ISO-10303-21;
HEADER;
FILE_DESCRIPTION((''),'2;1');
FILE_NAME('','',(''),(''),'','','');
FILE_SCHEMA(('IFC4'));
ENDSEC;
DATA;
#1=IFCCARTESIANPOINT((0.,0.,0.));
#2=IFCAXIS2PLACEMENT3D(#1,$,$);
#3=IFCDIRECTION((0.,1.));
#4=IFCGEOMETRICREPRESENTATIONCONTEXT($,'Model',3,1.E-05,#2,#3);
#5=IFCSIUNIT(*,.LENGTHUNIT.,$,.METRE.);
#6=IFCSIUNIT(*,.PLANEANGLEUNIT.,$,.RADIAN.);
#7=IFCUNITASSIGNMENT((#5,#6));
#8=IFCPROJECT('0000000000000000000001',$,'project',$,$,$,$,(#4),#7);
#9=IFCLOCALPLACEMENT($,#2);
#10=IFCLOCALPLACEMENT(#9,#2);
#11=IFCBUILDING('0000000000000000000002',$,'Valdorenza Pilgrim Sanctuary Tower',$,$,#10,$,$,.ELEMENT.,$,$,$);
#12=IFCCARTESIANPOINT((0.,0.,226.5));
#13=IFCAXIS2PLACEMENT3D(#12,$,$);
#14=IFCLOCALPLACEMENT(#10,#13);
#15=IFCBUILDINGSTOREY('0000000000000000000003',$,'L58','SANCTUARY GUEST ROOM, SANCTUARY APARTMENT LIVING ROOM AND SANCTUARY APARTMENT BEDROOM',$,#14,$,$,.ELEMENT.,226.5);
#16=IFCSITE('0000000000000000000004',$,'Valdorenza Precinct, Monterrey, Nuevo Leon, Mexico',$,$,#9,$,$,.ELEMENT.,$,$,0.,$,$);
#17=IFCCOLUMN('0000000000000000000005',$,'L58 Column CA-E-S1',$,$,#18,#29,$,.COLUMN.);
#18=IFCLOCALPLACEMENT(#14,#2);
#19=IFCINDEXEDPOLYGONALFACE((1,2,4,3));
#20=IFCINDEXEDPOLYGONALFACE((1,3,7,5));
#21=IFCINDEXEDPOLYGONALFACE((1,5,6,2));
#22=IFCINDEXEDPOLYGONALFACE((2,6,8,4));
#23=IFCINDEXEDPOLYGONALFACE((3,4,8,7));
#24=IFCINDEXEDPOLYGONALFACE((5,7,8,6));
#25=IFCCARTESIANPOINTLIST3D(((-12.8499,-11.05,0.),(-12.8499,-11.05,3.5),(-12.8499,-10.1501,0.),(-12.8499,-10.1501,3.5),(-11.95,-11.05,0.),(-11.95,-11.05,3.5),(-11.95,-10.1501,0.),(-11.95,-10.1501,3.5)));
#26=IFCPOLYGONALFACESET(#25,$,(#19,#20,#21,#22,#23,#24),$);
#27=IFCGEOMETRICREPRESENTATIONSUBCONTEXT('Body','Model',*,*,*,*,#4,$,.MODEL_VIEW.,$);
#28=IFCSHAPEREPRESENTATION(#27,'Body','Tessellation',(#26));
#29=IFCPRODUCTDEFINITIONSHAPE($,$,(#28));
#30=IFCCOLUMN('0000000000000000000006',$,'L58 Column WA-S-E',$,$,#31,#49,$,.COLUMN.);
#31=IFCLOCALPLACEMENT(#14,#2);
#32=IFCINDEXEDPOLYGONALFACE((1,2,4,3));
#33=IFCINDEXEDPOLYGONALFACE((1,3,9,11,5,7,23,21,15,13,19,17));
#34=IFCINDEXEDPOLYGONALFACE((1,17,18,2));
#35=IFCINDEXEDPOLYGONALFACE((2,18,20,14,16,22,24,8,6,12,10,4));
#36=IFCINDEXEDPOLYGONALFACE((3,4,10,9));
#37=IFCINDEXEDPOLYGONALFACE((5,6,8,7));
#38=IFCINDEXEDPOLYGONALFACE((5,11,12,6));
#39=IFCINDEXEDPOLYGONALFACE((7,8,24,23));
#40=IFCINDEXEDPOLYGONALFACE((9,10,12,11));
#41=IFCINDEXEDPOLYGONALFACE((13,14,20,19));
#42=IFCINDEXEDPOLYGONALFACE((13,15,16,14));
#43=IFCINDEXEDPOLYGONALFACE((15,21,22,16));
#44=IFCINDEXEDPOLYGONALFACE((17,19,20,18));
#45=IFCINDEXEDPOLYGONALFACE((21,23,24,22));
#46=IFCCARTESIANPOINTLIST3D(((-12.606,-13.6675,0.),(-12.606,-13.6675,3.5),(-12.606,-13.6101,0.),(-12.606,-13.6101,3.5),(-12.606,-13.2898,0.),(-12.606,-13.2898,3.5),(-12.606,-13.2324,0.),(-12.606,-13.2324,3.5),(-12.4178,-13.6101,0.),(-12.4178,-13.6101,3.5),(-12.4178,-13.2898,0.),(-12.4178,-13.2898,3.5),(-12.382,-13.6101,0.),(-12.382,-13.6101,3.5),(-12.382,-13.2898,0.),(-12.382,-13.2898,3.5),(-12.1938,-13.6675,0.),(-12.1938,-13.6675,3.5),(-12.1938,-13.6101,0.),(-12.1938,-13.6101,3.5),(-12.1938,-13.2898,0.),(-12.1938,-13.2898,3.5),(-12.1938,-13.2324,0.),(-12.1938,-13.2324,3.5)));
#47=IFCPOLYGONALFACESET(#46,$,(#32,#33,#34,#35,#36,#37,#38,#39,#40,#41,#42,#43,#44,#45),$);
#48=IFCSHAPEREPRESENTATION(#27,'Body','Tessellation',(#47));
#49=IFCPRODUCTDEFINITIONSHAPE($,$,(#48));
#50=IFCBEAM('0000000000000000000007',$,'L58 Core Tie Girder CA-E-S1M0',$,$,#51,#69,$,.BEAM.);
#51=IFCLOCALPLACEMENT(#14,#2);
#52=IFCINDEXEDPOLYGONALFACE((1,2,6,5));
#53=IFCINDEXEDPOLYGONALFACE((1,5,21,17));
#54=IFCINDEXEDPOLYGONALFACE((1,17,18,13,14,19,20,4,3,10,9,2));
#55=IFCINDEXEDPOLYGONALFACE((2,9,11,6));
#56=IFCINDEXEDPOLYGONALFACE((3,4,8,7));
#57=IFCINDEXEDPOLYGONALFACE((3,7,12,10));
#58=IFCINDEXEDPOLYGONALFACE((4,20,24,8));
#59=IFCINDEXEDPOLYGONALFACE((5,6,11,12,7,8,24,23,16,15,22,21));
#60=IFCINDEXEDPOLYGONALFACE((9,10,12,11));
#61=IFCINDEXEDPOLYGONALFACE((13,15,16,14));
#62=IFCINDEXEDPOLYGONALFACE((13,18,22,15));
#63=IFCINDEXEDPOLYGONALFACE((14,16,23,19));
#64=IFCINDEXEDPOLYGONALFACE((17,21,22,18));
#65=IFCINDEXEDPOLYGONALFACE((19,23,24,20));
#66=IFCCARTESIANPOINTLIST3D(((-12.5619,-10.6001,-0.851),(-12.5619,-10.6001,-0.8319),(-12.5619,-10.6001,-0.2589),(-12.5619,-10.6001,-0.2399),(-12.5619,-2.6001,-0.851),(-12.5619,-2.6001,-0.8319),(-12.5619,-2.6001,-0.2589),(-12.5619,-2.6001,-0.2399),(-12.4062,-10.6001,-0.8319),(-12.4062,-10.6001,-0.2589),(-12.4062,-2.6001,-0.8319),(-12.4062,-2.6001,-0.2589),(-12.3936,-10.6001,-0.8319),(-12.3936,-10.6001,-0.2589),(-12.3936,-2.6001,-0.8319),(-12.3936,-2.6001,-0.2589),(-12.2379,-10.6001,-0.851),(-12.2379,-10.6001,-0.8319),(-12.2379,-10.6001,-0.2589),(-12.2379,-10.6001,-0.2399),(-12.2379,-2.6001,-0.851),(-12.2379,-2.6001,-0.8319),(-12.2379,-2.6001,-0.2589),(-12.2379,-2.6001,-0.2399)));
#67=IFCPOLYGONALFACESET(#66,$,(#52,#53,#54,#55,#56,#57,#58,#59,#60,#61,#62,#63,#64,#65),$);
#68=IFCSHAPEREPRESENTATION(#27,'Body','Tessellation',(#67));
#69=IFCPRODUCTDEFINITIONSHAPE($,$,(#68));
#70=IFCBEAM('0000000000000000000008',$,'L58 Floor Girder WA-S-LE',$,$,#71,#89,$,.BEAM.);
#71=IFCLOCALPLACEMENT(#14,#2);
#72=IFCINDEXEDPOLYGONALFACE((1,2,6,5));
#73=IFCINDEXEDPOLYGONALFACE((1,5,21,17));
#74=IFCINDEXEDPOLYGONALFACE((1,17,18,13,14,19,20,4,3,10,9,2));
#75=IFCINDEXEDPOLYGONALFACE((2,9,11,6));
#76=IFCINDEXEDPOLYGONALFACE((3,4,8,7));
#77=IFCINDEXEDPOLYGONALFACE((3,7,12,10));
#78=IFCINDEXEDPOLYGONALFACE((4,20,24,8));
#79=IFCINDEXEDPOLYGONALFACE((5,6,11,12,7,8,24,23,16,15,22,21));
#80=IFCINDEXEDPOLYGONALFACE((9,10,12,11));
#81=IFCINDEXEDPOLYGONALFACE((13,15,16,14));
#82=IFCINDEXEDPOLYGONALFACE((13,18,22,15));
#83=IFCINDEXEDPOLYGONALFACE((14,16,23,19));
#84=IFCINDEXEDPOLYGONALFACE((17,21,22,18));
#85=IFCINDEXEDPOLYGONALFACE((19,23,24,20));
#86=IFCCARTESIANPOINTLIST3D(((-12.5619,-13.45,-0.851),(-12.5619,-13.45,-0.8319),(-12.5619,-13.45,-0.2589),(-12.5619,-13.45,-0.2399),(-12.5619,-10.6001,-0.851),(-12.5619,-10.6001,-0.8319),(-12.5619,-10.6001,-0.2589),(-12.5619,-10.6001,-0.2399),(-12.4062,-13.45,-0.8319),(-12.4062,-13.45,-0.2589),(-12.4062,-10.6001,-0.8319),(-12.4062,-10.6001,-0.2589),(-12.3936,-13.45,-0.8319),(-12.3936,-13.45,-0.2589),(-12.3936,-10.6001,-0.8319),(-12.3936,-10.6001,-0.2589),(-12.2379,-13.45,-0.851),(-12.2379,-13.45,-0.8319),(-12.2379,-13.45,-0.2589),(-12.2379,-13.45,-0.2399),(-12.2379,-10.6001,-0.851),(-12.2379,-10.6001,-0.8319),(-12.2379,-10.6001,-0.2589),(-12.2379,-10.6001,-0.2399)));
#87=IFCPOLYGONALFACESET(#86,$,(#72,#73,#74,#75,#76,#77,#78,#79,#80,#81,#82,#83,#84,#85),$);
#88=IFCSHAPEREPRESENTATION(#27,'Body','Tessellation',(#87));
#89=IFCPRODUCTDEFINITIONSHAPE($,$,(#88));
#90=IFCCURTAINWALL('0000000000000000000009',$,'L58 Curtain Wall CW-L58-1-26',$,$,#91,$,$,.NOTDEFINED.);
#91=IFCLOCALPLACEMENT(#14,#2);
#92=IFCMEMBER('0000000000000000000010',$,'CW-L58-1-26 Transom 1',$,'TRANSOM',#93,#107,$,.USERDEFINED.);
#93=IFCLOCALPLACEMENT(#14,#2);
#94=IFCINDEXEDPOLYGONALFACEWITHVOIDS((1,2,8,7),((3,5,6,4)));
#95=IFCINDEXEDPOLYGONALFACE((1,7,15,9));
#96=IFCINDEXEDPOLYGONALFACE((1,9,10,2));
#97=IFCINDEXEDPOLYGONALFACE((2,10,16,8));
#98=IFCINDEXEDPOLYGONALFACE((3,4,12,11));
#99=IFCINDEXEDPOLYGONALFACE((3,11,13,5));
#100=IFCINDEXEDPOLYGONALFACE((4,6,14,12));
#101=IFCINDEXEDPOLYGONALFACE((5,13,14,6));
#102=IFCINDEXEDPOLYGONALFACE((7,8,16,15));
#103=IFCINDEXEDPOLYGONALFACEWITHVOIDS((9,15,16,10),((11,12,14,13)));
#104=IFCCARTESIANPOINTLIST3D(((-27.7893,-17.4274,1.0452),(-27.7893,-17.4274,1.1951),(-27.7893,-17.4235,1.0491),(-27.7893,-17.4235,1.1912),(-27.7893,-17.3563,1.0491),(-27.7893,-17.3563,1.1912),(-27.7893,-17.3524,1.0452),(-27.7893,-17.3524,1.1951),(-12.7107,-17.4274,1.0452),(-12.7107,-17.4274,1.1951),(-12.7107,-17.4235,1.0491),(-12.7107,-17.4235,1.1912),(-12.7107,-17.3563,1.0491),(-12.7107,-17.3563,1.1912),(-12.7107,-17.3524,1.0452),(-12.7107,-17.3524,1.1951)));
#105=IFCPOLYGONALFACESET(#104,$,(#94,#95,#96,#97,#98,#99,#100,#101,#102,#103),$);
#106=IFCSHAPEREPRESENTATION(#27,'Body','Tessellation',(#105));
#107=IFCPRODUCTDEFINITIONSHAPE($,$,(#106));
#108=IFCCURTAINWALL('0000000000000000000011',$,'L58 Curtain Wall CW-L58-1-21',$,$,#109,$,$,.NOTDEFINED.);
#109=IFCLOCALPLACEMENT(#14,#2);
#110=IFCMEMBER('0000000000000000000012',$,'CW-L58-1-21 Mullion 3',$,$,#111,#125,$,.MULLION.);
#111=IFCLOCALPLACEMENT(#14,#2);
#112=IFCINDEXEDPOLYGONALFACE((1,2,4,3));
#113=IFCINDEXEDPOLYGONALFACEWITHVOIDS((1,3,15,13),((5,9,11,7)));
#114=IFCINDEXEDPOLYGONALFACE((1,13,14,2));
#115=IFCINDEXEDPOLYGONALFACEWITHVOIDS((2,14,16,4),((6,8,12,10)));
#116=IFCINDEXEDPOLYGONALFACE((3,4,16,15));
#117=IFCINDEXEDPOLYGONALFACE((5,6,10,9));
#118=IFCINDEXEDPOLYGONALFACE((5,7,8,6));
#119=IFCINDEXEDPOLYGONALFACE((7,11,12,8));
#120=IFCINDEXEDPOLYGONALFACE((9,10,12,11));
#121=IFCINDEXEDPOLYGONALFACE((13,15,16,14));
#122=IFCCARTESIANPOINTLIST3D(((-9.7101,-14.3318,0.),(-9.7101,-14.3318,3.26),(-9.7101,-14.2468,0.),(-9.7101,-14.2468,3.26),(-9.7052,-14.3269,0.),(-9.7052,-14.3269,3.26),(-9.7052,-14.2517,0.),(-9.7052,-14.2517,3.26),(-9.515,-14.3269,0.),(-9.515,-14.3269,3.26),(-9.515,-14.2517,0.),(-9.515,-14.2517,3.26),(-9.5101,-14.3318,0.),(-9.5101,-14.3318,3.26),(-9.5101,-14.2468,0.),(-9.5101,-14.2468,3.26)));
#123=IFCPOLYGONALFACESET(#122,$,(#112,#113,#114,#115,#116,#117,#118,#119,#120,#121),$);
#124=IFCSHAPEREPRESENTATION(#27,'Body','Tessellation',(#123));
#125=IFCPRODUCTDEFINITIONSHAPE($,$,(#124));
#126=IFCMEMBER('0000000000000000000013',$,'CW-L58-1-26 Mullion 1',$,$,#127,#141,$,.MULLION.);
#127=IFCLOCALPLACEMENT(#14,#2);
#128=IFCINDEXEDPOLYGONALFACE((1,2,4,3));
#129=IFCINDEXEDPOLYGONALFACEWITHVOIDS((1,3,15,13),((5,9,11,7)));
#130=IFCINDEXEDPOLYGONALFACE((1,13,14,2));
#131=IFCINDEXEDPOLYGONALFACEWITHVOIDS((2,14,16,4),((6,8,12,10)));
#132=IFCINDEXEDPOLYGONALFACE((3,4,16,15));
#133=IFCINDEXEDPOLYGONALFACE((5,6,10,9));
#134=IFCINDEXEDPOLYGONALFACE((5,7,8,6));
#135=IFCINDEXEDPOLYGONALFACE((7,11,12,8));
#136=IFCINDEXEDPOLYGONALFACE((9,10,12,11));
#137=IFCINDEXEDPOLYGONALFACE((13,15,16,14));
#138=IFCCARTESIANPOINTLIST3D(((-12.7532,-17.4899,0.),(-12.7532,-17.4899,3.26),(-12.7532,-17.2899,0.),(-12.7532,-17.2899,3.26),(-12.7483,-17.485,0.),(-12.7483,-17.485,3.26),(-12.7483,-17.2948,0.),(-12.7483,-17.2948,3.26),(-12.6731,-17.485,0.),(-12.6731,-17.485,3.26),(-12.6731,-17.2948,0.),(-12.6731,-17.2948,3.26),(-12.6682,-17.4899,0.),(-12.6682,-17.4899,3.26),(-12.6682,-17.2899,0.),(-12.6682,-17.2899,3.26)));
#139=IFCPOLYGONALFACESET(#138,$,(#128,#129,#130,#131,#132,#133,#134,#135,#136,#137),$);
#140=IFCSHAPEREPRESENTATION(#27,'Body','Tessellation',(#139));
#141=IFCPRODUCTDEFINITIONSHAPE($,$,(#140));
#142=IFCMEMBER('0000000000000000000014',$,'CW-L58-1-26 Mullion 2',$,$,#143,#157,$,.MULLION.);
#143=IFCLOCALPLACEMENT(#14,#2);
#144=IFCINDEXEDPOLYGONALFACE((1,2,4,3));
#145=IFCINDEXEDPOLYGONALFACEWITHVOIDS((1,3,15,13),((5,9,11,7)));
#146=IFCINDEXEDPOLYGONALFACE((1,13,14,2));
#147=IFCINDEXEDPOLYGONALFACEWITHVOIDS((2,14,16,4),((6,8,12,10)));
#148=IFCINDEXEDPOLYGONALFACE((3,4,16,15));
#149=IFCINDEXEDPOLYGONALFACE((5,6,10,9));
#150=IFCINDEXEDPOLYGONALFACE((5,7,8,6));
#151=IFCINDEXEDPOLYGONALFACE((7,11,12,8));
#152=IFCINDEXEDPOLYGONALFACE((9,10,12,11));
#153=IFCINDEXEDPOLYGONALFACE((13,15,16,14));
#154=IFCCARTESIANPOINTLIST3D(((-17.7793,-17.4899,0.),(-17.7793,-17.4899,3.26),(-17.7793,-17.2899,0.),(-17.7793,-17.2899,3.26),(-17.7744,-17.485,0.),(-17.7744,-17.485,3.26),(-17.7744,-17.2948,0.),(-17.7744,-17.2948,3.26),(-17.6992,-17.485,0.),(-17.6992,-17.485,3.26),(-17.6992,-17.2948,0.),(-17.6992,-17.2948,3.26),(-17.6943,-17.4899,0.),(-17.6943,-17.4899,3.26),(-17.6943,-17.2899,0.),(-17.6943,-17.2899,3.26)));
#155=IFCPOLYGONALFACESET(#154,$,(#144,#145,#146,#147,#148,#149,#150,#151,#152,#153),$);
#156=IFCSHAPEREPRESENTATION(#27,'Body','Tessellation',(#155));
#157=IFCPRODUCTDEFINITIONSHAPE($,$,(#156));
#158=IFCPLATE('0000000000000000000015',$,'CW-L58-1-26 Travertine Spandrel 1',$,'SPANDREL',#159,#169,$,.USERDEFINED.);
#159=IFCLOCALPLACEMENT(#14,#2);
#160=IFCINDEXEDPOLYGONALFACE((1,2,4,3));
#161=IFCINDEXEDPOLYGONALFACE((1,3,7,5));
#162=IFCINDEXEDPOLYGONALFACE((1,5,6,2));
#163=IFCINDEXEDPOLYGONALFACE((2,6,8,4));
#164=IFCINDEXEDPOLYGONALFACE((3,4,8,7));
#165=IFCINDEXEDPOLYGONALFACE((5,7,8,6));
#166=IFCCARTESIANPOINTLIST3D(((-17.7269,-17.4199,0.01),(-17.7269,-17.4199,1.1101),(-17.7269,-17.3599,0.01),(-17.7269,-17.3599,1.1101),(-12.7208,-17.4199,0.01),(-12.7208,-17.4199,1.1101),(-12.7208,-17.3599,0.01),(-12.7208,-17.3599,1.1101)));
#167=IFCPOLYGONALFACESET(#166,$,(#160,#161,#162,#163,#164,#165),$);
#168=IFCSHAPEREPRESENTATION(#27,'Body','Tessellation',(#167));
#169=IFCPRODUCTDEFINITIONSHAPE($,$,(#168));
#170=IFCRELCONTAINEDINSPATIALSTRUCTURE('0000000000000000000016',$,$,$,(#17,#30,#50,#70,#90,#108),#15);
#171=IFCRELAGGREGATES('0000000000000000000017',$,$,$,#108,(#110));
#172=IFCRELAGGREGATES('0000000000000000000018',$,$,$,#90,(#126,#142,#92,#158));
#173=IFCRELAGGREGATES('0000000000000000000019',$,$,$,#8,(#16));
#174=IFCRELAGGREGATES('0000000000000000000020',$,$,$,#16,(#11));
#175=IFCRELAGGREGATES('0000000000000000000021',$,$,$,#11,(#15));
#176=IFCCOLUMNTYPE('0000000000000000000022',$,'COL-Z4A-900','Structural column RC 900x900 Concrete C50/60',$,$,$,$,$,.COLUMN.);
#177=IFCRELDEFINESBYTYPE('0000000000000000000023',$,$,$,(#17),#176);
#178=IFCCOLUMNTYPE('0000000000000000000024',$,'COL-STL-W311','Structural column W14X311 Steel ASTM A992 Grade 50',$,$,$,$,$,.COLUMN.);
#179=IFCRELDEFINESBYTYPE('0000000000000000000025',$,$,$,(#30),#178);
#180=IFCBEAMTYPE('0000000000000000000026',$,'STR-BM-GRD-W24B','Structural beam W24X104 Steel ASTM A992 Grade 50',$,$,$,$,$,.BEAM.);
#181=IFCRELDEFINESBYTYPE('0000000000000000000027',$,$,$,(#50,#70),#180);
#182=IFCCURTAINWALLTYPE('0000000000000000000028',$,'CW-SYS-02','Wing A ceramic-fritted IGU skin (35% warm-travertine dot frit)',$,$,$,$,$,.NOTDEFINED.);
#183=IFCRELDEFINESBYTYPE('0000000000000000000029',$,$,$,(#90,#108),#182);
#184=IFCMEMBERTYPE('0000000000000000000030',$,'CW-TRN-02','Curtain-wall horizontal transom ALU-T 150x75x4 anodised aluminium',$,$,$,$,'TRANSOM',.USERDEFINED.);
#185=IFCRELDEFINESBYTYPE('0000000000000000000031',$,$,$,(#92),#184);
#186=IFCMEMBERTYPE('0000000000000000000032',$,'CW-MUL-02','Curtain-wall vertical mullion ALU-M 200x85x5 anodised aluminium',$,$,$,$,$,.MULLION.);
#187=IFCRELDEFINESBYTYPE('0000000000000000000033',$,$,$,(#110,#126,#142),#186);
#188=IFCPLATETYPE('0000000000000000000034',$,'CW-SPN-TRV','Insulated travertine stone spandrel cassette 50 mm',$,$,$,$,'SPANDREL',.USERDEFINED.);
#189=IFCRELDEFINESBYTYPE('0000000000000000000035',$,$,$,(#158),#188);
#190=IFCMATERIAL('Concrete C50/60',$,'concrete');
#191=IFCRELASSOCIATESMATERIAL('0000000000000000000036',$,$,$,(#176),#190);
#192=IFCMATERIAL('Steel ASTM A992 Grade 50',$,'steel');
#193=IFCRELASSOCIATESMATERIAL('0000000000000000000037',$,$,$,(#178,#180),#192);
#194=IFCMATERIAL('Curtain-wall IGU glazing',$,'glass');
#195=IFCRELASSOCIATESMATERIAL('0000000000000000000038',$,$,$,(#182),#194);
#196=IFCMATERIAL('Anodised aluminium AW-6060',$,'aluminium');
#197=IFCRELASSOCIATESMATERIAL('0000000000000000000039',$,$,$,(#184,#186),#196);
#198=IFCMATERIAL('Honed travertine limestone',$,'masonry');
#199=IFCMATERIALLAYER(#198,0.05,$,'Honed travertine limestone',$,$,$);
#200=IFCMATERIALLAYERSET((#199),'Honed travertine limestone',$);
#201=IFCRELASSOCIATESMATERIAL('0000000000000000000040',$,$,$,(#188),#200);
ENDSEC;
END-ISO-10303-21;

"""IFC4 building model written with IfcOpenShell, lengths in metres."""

from ifc_helpers import new_model, si_unit, direction, frame, origin, origin_2d, place, context, subcontext, project, spatial, rectangle, hollow_rectangle, i_section, extrude, source, transform, mapped, material, layer, layer_set, material_profile, profile_set, type_object, element, aggregate, save


model = new_model("IFC4")

# Units and contexts
model_context = context("Model", 3, precision=1e-05, world=origin(), true_north=direction((0.0, 1.0)))
body_context = subcontext(model_context, "Body", "Model", "MODEL_VIEW")
ifc_project = project(units=[si_unit("LENGTHUNIT", "METRE"), si_unit("PLANEANGLEUNIT", "RADIAN")], contexts=[model_context])

# Site, building, storey
site_placement = place(None, origin())
site = spatial("IfcSite", under=ifc_project, at=site_placement, Name="Valdorenza Precinct, Monterrey, Nuevo Leon, Mexico", CompositionType="ELEMENT", RefElevation=0.0)
building_placement = place(site_placement, origin())
building = spatial("IfcBuilding", under=site, at=building_placement, Name="Valdorenza Pilgrim Sanctuary Tower", CompositionType="ELEMENT")
storey_placement = place(building_placement, frame((0.0, 0.0, 226.5)))
storey = spatial("IfcBuildingStorey", under=building, at=storey_placement, Name="L58", Description="SANCTUARY GUEST ROOM, SANCTUARY APARTMENT LIVING ROOM AND SANCTUARY APARTMENT BEDROOM", CompositionType="ELEMENT", Elevation=226.5)

# Columns
ifc_material_1 = material(Name="Concrete C50/60", Category="concrete")
ifc_material_profile_1 = material_profile(ifc_material_1, rectangle(XDim=0.8999, YDim=0.8999, at=origin_2d()), Name="RC 900x900")
ifc_profile_set_1 = profile_set([ifc_material_profile_1], Name="Concrete C50/60")
column_type_1 = type_object("IfcColumnType", Name="COL-Z4A-900", Description="Structural column RC 900x900 Concrete C50/60", PredefinedType="COLUMN", material=ifc_profile_set_1)
shared_shape_1 = source(origin(), body_context, "Body", "SweptSolid", [
    extrude(rectangle(XDim=0.8999, YDim=0.8999, at=origin_2d()), origin(), (0.0, 0.0, 1.0), 3.5),
])
column_1_placement = place(storey_placement, frame((-12.3999, -10.6001, 0.0), z_axis=(0.0, 0.0, 1.0), x_axis=(1.0, 0.0, 0.0)))
element("IfcColumn", 1, at=column_1_placement, inside=storey, type_object=column_type_1, Name="L58 Column CA-E-S1", PredefinedType="COLUMN", context=body_context, shape_type="MappedRepresentation", body=[
    mapped(shared_shape_1, transform((0.0, 0.0, 0.0), x_axis=(1.0, 0.0, 0.0), y_axis=(0.0, 1.0, 0.0), z_axis=(0.0, 0.0, 1.0), scale=1.0)),
])
ifc_material_2 = material(Name="Steel ASTM A992 Grade 50", Category="steel")
ifc_material_profile_2 = material_profile(ifc_material_2, i_section(OverallWidth=0.4121, OverallDepth=0.4351, WebThickness=0.0359, FlangeThickness=0.0574, at=origin_2d()), Name="W14X311")
ifc_profile_set_2 = profile_set([ifc_material_profile_2], Name="Steel ASTM A992 Grade 50")
column_type_2 = type_object("IfcColumnType", Name="COL-STL-W311", Description="Structural column W14X311 Steel ASTM A992 Grade 50", PredefinedType="COLUMN", material=ifc_profile_set_2)
shared_shape_2 = source(origin(), body_context, "Body", "SweptSolid", [
    extrude(i_section(OverallWidth=0.4121, OverallDepth=0.4351, WebThickness=0.0359, FlangeThickness=0.0574, at=origin_2d()), origin(), (0.0, 0.0, 1.0), 3.5),
])
column_2_placement = place(storey_placement, frame((-12.3999, -13.45, 0.0), z_axis=(0.0, 0.0, 1.0), x_axis=(1.0, 0.0, 0.0)))
element("IfcColumn", 2, at=column_2_placement, inside=storey, type_object=column_type_2, Name="L58 Column WA-S-E", PredefinedType="COLUMN", context=body_context, shape_type="MappedRepresentation", body=[
    mapped(shared_shape_2, transform((0.0, 0.0, 0.0), x_axis=(1.0, 0.0, 0.0), y_axis=(0.0, 1.0, 0.0), z_axis=(0.0, 0.0, 1.0), scale=1.0)),
])

# Beams
ifc_material_profile_3 = material_profile(ifc_material_2, i_section(OverallWidth=0.324, OverallDepth=0.6111, WebThickness=0.0127, FlangeThickness=0.019, at=origin_2d()), Name="W24X104")
ifc_profile_set_3 = profile_set([ifc_material_profile_3], Name="Steel ASTM A992 Grade 50")
beam_type = type_object("IfcBeamType", Name="STR-BM-GRD-W24B", Description="Structural beam W24X104 Steel ASTM A992 Grade 50", PredefinedType="BEAM", material=ifc_profile_set_3)
shared_shape_3 = source(origin(), body_context, "Body", "SweptSolid", [
    extrude(i_section(OverallWidth=0.324, OverallDepth=0.6111, WebThickness=0.0127, FlangeThickness=0.019, at=origin_2d()), origin(), (0.0, 0.0, 1.0), 8.0),
])
beam_1_placement = place(storey_placement, frame((-12.3999, -10.6001, -0.5454), z_axis=(0.0, 1.0, 0.0), x_axis=(-1.0, 0.0, 0.0)))
element("IfcBeam", 3, at=beam_1_placement, inside=storey, type_object=beam_type, Name="L58 Core Tie Girder CA-E-S1M0", PredefinedType="BEAM", context=body_context, shape_type="MappedRepresentation", body=[
    mapped(shared_shape_3, transform((0.0, 0.0, 0.0), x_axis=(1.0, 0.0, 0.0), y_axis=(0.0, 1.0, 0.0), z_axis=(0.0, 0.0, 1.0), scale=1.0)),
])
shared_shape_4 = source(origin(), body_context, "Body", "SweptSolid", [
    extrude(i_section(OverallWidth=0.324, OverallDepth=0.6111, WebThickness=0.0127, FlangeThickness=0.019, at=origin_2d()), origin(), (0.0, 0.0, 1.0), 2.8499),
])
beam_2_placement = place(storey_placement, frame((-12.3999, -13.45, -0.5454), z_axis=(0.0, 1.0, 0.0), x_axis=(-1.0, 0.0, 0.0)))
element("IfcBeam", 4, at=beam_2_placement, inside=storey, type_object=beam_type, Name="L58 Floor Girder WA-S-LE", PredefinedType="BEAM", context=body_context, shape_type="MappedRepresentation", body=[
    mapped(shared_shape_4, transform((0.0, 0.0, 0.0), x_axis=(1.0, 0.0, 0.0), y_axis=(0.0, 1.0, 0.0), z_axis=(0.0, 0.0, 1.0), scale=1.0)),
])

# Curtain walls, members
ifc_material_3 = material(Name="Curtain-wall IGU glazing", Category="glass")
curtain_wall_type = type_object("IfcCurtainWallType", Name="CW-SYS-02", Description="Wing A ceramic-fritted IGU skin (35% warm-travertine dot frit)", PredefinedType="NOTDEFINED", material=ifc_material_3)
curtain_wall_1_placement = place(storey_placement, origin())
curtain_wall_1 = element("IfcCurtainWall", 5, at=curtain_wall_1_placement, inside=storey, type_object=curtain_wall_type, Name="L58 Curtain Wall CW-L58-1-26", PredefinedType="NOTDEFINED")
ifc_material_4 = material(Name="Anodised aluminium AW-6060", Category="aluminium")
ifc_material_profile_4 = material_profile(ifc_material_4, hollow_rectangle(XDim=0.075, YDim=0.1499, WallThickness=0.0039, at=origin_2d()), Name="ALU-T 150x75x4")
ifc_profile_set_4 = profile_set([ifc_material_profile_4], Name="Anodised aluminium AW-6060")
member_type_1 = type_object("IfcMemberType", Name="CW-TRN-02", Description="Curtain-wall horizontal transom ALU-T 150x75x4 anodised aluminium", ElementType="TRANSOM", PredefinedType="USERDEFINED", material=ifc_profile_set_4)
shared_shape_5 = source(origin(), body_context, "Body", "SweptSolid", [
    extrude(hollow_rectangle(XDim=0.075, YDim=0.1499, WallThickness=0.0039, at=origin_2d()), origin(), (0.0, 0.0, 1.0), 15.0786),
])
member_1_placement = place(storey_placement, frame((-12.7107, -17.3899, 1.1201), z_axis=(-1.0, 0.0, 0.0), x_axis=(0.0, -1.0, 0.0)))
member_1 = element("IfcMember", 6, at=member_1_placement, type_object=member_type_1, Name="CW-L58-1-26 Transom 1", ObjectType="TRANSOM", PredefinedType="USERDEFINED", context=body_context, shape_type="MappedRepresentation", body=[
    mapped(shared_shape_5, transform((0.0, 0.0, 0.0), x_axis=(1.0, 0.0, 0.0), y_axis=(0.0, 1.0, 0.0), z_axis=(0.0, 0.0, 1.0), scale=1.0)),
])
curtain_wall_2_placement = place(storey_placement, origin())
curtain_wall_2 = element("IfcCurtainWall", 7, at=curtain_wall_2_placement, inside=storey, type_object=curtain_wall_type, Name="L58 Curtain Wall CW-L58-1-21", PredefinedType="NOTDEFINED")
ifc_material_profile_5 = material_profile(ifc_material_4, hollow_rectangle(XDim=0.085, YDim=0.2, WallThickness=0.0049, at=origin_2d()), Name="ALU-M 200x85x5")
ifc_profile_set_5 = profile_set([ifc_material_profile_5], Name="Anodised aluminium AW-6060")
member_type_2 = type_object("IfcMemberType", Name="CW-MUL-02", Description="Curtain-wall vertical mullion ALU-M 200x85x5 anodised aluminium", PredefinedType="MULLION", material=ifc_profile_set_5)
shared_shape_6 = source(origin(), body_context, "Body", "SweptSolid", [
    extrude(hollow_rectangle(XDim=0.085, YDim=0.2, WallThickness=0.0049, at=origin_2d()), origin(), (0.0, 0.0, 1.0), 3.26),
])
member_2_placement = place(storey_placement, frame((-9.6101, -14.2893, 0.0), z_axis=(0.0, 0.0, 1.0), x_axis=(0.0, -1.0, 0.0)))
member_2 = element("IfcMember", 8, at=member_2_placement, type_object=member_type_2, Name="CW-L58-1-21 Mullion 3", PredefinedType="MULLION", context=body_context, shape_type="MappedRepresentation", body=[
    mapped(shared_shape_6, transform((0.0, 0.0, 0.0), x_axis=(1.0, 0.0, 0.0), y_axis=(0.0, 1.0, 0.0), z_axis=(0.0, 0.0, 1.0), scale=1.0)),
])

# Members
member_3_placement = place(storey_placement, frame((-12.7107, -17.3899, 0.0), z_axis=(0.0, 0.0, 1.0), x_axis=(-1.0, 0.0, 0.0)))
member_3 = element("IfcMember", 9, at=member_3_placement, type_object=member_type_2, Name="CW-L58-1-26 Mullion 1", PredefinedType="MULLION", context=body_context, shape_type="MappedRepresentation", body=[
    mapped(shared_shape_6, transform((0.0, 0.0, 0.0), x_axis=(1.0, 0.0, 0.0), y_axis=(0.0, 1.0, 0.0), z_axis=(0.0, 0.0, 1.0), scale=1.0)),
])
member_4_placement = place(storey_placement, frame((-17.7368, -17.3899, 0.0), z_axis=(0.0, 0.0, 1.0), x_axis=(-1.0, 0.0, 0.0)))
member_4 = element("IfcMember", 10, at=member_4_placement, type_object=member_type_2, Name="CW-L58-1-26 Mullion 2", PredefinedType="MULLION", context=body_context, shape_type="MappedRepresentation", body=[
    mapped(shared_shape_6, transform((0.0, 0.0, 0.0), x_axis=(1.0, 0.0, 0.0), y_axis=(0.0, 1.0, 0.0), z_axis=(0.0, 0.0, 1.0), scale=1.0)),
])

# Plate
ifc_material_5 = material(Name="Honed travertine limestone", Category="masonry")
ifc_layer_1 = layer(ifc_material_5, 0.05, Name="Honed travertine limestone")
ifc_layer_set_1 = layer_set([ifc_layer_1], Name="Honed travertine limestone")
plate_type_1 = type_object("IfcPlateType", Name="CW-SPN-TRV", Description="Insulated travertine stone spandrel cassette 50 mm", ElementType="SPANDREL", PredefinedType="USERDEFINED", material=ifc_layer_set_1)
shared_shape_7 = source(origin(), body_context, "Body", "SweptSolid", [
    extrude(rectangle(XDim=5.0061, YDim=0.0601, at=origin_2d()), origin(), (0.0, 0.0, 1.0), 1.1001),
])
plate_1_placement = place(storey_placement, frame((-15.2239, -17.3899, 0.01), z_axis=(0.0, 0.0, 1.0), x_axis=(-1.0, 0.0, 0.0)))
plate_1 = element("IfcPlate", 11, at=plate_1_placement, type_object=plate_type_1, Name="CW-L58-1-26 Travertine Spandrel 1", ObjectType="SPANDREL", PredefinedType="USERDEFINED", context=body_context, shape_type="MappedRepresentation", body=[
    mapped(shared_shape_7, transform((0.0, 0.0, 0.0), x_axis=(1.0, 0.0, 0.0), y_axis=(0.0, 1.0, 0.0), z_axis=(0.0, 0.0, 1.0), scale=1.0)),
])
aggregate(curtain_wall_2, [member_2])
aggregate(curtain_wall_1, [member_3, member_4, member_1, plate_1])

save(model, "model.ifc")
